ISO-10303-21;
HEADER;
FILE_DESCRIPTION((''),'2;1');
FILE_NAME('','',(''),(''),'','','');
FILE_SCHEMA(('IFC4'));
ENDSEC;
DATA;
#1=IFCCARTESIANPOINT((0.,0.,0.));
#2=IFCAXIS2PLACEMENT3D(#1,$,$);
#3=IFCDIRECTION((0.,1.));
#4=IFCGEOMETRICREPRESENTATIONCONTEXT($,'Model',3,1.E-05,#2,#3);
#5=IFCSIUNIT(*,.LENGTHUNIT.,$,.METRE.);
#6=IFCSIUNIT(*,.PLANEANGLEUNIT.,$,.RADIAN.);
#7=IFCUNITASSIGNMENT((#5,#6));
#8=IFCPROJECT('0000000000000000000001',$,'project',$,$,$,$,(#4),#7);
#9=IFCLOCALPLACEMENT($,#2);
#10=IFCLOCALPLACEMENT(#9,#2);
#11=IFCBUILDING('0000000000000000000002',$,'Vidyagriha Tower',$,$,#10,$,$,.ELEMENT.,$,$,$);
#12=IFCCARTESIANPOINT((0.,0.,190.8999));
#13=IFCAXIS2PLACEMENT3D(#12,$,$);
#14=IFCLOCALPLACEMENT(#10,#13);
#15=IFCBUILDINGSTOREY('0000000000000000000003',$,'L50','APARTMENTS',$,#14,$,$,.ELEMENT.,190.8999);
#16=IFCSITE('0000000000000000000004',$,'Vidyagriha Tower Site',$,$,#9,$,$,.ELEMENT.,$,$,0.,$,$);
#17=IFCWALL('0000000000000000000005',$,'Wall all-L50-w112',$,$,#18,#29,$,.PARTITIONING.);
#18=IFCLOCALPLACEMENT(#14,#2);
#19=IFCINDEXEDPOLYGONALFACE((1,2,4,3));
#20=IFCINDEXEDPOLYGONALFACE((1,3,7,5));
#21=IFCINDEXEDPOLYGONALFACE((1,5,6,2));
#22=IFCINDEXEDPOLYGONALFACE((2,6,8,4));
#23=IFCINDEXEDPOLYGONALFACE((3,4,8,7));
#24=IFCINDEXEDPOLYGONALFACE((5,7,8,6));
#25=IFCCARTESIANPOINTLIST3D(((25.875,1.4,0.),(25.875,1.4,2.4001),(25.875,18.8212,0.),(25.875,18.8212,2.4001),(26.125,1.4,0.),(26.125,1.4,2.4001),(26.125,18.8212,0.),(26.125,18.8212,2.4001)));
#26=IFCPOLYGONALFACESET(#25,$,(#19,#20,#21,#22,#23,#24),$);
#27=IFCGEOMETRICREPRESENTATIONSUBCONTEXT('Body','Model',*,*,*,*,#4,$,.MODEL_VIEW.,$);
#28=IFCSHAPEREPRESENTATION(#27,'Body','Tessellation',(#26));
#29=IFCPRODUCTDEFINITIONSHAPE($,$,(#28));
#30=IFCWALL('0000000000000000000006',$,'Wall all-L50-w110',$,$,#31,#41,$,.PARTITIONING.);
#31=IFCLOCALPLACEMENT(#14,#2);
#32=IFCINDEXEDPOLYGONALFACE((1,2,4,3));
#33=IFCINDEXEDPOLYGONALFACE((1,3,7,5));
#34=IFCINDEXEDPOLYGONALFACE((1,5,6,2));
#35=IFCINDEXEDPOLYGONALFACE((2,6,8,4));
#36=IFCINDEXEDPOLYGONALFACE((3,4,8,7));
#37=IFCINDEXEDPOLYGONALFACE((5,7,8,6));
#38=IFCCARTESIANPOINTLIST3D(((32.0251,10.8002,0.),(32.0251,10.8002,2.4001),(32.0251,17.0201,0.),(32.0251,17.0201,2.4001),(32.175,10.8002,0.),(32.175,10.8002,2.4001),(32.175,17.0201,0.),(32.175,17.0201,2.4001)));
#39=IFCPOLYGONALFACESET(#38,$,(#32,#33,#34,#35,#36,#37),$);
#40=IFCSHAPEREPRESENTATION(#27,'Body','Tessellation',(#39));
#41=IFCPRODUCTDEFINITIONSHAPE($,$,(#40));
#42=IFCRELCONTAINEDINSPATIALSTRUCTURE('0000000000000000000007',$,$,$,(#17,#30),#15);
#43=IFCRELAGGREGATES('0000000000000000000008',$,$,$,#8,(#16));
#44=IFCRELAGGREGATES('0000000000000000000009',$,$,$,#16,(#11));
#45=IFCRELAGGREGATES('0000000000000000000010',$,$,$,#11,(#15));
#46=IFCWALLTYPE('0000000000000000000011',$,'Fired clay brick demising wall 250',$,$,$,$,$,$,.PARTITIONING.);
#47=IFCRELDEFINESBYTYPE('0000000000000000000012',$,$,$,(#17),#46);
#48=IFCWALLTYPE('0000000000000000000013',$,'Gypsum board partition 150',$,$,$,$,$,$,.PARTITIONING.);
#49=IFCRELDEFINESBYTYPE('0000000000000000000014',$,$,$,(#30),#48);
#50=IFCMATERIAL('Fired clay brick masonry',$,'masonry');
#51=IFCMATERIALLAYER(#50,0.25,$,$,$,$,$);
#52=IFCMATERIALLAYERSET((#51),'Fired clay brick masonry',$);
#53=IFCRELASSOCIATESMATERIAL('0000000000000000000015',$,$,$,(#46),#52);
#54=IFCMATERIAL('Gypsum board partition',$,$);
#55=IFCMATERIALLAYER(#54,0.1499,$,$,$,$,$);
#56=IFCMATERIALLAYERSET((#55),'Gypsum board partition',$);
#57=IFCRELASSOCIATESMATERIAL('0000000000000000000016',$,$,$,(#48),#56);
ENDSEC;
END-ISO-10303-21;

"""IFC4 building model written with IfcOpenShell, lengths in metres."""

from ifc_helpers import new_model, si_unit, direction, frame, frame_2d, origin, place, context, subcontext, project, spatial, rectangle, extrude, material, layer, layer_set, type_object, element, save


model = new_model("IFC4")

# Units and contexts
model_context = context("Model", 3, precision=1e-05, world=origin(), true_north=direction((0.0, 1.0)))
body_context = subcontext(model_context, "Body", "Model", "MODEL_VIEW")
ifc_project = project(units=[si_unit("LENGTHUNIT", "METRE"), si_unit("PLANEANGLEUNIT", "RADIAN")], contexts=[model_context])

# Site, building, storey
site_placement = place(None, origin())
site = spatial("IfcSite", under=ifc_project, at=site_placement, Name="Vidyagriha Tower Site", CompositionType="ELEMENT", RefElevation=0.0)
building_placement = place(site_placement, origin())
building = spatial("IfcBuilding", under=site, at=building_placement, Name="Vidyagriha Tower", CompositionType="ELEMENT")
storey_placement = place(building_placement, frame((0.0, 0.0, 190.8999)))
storey = spatial("IfcBuildingStorey", under=building, at=storey_placement, Name="L50", Description="APARTMENTS", CompositionType="ELEMENT", Elevation=190.8999)

# Walls
ifc_material_1 = material(Name="Fired clay brick masonry", Category="masonry")
ifc_layer_1 = layer(ifc_material_1, 0.25)
ifc_layer_set_1 = layer_set([ifc_layer_1], Name="Fired clay brick masonry")
wall_type_1 = type_object("IfcWallType", Name="Fired clay brick demising wall 250", PredefinedType="PARTITIONING", material=ifc_layer_set_1)
wall_1_placement = place(storey_placement, frame((26.0, 18.821, 0.0), z_axis=(0.0, 0.0, 1.0), x_axis=(0.0, -1.0, 0.0)))
element("IfcWall", 1, at=wall_1_placement, inside=storey, type_object=wall_type_1, Name="Wall all-L50-w112", PredefinedType="PARTITIONING", context=body_context, shape_type="SweptSolid", body=[
    extrude(rectangle(XDim=17.4211, YDim=0.25, at=frame_2d((8.7104, 0.0))), origin(), (0.0, 0.0, 1.0), 2.4001),
])
ifc_material_2 = material(Name="Gypsum board partition")
ifc_layer_2 = layer(ifc_material_2, 0.1499)
ifc_layer_set_2 = layer_set([ifc_layer_2], Name="Gypsum board partition")
wall_type_2 = type_object("IfcWallType", Name="Gypsum board partition 150", PredefinedType="PARTITIONING", material=ifc_layer_set_2)
wall_2_placement = place(storey_placement, frame((32.1001, 17.02, 0.0), z_axis=(0.0, 0.0, 1.0), x_axis=(0.0, -1.0, 0.0)))
element("IfcWall", 2, at=wall_2_placement, inside=storey, type_object=wall_type_2, Name="Wall all-L50-w110", PredefinedType="PARTITIONING", context=body_context, shape_type="SweptSolid", body=[
    extrude(rectangle(XDim=6.22, YDim=0.1499, at=frame_2d((3.1099, 0.0))), origin(), (0.0, 0.0, 1.0), 2.4001),
])

save(model, "model.ifc")
